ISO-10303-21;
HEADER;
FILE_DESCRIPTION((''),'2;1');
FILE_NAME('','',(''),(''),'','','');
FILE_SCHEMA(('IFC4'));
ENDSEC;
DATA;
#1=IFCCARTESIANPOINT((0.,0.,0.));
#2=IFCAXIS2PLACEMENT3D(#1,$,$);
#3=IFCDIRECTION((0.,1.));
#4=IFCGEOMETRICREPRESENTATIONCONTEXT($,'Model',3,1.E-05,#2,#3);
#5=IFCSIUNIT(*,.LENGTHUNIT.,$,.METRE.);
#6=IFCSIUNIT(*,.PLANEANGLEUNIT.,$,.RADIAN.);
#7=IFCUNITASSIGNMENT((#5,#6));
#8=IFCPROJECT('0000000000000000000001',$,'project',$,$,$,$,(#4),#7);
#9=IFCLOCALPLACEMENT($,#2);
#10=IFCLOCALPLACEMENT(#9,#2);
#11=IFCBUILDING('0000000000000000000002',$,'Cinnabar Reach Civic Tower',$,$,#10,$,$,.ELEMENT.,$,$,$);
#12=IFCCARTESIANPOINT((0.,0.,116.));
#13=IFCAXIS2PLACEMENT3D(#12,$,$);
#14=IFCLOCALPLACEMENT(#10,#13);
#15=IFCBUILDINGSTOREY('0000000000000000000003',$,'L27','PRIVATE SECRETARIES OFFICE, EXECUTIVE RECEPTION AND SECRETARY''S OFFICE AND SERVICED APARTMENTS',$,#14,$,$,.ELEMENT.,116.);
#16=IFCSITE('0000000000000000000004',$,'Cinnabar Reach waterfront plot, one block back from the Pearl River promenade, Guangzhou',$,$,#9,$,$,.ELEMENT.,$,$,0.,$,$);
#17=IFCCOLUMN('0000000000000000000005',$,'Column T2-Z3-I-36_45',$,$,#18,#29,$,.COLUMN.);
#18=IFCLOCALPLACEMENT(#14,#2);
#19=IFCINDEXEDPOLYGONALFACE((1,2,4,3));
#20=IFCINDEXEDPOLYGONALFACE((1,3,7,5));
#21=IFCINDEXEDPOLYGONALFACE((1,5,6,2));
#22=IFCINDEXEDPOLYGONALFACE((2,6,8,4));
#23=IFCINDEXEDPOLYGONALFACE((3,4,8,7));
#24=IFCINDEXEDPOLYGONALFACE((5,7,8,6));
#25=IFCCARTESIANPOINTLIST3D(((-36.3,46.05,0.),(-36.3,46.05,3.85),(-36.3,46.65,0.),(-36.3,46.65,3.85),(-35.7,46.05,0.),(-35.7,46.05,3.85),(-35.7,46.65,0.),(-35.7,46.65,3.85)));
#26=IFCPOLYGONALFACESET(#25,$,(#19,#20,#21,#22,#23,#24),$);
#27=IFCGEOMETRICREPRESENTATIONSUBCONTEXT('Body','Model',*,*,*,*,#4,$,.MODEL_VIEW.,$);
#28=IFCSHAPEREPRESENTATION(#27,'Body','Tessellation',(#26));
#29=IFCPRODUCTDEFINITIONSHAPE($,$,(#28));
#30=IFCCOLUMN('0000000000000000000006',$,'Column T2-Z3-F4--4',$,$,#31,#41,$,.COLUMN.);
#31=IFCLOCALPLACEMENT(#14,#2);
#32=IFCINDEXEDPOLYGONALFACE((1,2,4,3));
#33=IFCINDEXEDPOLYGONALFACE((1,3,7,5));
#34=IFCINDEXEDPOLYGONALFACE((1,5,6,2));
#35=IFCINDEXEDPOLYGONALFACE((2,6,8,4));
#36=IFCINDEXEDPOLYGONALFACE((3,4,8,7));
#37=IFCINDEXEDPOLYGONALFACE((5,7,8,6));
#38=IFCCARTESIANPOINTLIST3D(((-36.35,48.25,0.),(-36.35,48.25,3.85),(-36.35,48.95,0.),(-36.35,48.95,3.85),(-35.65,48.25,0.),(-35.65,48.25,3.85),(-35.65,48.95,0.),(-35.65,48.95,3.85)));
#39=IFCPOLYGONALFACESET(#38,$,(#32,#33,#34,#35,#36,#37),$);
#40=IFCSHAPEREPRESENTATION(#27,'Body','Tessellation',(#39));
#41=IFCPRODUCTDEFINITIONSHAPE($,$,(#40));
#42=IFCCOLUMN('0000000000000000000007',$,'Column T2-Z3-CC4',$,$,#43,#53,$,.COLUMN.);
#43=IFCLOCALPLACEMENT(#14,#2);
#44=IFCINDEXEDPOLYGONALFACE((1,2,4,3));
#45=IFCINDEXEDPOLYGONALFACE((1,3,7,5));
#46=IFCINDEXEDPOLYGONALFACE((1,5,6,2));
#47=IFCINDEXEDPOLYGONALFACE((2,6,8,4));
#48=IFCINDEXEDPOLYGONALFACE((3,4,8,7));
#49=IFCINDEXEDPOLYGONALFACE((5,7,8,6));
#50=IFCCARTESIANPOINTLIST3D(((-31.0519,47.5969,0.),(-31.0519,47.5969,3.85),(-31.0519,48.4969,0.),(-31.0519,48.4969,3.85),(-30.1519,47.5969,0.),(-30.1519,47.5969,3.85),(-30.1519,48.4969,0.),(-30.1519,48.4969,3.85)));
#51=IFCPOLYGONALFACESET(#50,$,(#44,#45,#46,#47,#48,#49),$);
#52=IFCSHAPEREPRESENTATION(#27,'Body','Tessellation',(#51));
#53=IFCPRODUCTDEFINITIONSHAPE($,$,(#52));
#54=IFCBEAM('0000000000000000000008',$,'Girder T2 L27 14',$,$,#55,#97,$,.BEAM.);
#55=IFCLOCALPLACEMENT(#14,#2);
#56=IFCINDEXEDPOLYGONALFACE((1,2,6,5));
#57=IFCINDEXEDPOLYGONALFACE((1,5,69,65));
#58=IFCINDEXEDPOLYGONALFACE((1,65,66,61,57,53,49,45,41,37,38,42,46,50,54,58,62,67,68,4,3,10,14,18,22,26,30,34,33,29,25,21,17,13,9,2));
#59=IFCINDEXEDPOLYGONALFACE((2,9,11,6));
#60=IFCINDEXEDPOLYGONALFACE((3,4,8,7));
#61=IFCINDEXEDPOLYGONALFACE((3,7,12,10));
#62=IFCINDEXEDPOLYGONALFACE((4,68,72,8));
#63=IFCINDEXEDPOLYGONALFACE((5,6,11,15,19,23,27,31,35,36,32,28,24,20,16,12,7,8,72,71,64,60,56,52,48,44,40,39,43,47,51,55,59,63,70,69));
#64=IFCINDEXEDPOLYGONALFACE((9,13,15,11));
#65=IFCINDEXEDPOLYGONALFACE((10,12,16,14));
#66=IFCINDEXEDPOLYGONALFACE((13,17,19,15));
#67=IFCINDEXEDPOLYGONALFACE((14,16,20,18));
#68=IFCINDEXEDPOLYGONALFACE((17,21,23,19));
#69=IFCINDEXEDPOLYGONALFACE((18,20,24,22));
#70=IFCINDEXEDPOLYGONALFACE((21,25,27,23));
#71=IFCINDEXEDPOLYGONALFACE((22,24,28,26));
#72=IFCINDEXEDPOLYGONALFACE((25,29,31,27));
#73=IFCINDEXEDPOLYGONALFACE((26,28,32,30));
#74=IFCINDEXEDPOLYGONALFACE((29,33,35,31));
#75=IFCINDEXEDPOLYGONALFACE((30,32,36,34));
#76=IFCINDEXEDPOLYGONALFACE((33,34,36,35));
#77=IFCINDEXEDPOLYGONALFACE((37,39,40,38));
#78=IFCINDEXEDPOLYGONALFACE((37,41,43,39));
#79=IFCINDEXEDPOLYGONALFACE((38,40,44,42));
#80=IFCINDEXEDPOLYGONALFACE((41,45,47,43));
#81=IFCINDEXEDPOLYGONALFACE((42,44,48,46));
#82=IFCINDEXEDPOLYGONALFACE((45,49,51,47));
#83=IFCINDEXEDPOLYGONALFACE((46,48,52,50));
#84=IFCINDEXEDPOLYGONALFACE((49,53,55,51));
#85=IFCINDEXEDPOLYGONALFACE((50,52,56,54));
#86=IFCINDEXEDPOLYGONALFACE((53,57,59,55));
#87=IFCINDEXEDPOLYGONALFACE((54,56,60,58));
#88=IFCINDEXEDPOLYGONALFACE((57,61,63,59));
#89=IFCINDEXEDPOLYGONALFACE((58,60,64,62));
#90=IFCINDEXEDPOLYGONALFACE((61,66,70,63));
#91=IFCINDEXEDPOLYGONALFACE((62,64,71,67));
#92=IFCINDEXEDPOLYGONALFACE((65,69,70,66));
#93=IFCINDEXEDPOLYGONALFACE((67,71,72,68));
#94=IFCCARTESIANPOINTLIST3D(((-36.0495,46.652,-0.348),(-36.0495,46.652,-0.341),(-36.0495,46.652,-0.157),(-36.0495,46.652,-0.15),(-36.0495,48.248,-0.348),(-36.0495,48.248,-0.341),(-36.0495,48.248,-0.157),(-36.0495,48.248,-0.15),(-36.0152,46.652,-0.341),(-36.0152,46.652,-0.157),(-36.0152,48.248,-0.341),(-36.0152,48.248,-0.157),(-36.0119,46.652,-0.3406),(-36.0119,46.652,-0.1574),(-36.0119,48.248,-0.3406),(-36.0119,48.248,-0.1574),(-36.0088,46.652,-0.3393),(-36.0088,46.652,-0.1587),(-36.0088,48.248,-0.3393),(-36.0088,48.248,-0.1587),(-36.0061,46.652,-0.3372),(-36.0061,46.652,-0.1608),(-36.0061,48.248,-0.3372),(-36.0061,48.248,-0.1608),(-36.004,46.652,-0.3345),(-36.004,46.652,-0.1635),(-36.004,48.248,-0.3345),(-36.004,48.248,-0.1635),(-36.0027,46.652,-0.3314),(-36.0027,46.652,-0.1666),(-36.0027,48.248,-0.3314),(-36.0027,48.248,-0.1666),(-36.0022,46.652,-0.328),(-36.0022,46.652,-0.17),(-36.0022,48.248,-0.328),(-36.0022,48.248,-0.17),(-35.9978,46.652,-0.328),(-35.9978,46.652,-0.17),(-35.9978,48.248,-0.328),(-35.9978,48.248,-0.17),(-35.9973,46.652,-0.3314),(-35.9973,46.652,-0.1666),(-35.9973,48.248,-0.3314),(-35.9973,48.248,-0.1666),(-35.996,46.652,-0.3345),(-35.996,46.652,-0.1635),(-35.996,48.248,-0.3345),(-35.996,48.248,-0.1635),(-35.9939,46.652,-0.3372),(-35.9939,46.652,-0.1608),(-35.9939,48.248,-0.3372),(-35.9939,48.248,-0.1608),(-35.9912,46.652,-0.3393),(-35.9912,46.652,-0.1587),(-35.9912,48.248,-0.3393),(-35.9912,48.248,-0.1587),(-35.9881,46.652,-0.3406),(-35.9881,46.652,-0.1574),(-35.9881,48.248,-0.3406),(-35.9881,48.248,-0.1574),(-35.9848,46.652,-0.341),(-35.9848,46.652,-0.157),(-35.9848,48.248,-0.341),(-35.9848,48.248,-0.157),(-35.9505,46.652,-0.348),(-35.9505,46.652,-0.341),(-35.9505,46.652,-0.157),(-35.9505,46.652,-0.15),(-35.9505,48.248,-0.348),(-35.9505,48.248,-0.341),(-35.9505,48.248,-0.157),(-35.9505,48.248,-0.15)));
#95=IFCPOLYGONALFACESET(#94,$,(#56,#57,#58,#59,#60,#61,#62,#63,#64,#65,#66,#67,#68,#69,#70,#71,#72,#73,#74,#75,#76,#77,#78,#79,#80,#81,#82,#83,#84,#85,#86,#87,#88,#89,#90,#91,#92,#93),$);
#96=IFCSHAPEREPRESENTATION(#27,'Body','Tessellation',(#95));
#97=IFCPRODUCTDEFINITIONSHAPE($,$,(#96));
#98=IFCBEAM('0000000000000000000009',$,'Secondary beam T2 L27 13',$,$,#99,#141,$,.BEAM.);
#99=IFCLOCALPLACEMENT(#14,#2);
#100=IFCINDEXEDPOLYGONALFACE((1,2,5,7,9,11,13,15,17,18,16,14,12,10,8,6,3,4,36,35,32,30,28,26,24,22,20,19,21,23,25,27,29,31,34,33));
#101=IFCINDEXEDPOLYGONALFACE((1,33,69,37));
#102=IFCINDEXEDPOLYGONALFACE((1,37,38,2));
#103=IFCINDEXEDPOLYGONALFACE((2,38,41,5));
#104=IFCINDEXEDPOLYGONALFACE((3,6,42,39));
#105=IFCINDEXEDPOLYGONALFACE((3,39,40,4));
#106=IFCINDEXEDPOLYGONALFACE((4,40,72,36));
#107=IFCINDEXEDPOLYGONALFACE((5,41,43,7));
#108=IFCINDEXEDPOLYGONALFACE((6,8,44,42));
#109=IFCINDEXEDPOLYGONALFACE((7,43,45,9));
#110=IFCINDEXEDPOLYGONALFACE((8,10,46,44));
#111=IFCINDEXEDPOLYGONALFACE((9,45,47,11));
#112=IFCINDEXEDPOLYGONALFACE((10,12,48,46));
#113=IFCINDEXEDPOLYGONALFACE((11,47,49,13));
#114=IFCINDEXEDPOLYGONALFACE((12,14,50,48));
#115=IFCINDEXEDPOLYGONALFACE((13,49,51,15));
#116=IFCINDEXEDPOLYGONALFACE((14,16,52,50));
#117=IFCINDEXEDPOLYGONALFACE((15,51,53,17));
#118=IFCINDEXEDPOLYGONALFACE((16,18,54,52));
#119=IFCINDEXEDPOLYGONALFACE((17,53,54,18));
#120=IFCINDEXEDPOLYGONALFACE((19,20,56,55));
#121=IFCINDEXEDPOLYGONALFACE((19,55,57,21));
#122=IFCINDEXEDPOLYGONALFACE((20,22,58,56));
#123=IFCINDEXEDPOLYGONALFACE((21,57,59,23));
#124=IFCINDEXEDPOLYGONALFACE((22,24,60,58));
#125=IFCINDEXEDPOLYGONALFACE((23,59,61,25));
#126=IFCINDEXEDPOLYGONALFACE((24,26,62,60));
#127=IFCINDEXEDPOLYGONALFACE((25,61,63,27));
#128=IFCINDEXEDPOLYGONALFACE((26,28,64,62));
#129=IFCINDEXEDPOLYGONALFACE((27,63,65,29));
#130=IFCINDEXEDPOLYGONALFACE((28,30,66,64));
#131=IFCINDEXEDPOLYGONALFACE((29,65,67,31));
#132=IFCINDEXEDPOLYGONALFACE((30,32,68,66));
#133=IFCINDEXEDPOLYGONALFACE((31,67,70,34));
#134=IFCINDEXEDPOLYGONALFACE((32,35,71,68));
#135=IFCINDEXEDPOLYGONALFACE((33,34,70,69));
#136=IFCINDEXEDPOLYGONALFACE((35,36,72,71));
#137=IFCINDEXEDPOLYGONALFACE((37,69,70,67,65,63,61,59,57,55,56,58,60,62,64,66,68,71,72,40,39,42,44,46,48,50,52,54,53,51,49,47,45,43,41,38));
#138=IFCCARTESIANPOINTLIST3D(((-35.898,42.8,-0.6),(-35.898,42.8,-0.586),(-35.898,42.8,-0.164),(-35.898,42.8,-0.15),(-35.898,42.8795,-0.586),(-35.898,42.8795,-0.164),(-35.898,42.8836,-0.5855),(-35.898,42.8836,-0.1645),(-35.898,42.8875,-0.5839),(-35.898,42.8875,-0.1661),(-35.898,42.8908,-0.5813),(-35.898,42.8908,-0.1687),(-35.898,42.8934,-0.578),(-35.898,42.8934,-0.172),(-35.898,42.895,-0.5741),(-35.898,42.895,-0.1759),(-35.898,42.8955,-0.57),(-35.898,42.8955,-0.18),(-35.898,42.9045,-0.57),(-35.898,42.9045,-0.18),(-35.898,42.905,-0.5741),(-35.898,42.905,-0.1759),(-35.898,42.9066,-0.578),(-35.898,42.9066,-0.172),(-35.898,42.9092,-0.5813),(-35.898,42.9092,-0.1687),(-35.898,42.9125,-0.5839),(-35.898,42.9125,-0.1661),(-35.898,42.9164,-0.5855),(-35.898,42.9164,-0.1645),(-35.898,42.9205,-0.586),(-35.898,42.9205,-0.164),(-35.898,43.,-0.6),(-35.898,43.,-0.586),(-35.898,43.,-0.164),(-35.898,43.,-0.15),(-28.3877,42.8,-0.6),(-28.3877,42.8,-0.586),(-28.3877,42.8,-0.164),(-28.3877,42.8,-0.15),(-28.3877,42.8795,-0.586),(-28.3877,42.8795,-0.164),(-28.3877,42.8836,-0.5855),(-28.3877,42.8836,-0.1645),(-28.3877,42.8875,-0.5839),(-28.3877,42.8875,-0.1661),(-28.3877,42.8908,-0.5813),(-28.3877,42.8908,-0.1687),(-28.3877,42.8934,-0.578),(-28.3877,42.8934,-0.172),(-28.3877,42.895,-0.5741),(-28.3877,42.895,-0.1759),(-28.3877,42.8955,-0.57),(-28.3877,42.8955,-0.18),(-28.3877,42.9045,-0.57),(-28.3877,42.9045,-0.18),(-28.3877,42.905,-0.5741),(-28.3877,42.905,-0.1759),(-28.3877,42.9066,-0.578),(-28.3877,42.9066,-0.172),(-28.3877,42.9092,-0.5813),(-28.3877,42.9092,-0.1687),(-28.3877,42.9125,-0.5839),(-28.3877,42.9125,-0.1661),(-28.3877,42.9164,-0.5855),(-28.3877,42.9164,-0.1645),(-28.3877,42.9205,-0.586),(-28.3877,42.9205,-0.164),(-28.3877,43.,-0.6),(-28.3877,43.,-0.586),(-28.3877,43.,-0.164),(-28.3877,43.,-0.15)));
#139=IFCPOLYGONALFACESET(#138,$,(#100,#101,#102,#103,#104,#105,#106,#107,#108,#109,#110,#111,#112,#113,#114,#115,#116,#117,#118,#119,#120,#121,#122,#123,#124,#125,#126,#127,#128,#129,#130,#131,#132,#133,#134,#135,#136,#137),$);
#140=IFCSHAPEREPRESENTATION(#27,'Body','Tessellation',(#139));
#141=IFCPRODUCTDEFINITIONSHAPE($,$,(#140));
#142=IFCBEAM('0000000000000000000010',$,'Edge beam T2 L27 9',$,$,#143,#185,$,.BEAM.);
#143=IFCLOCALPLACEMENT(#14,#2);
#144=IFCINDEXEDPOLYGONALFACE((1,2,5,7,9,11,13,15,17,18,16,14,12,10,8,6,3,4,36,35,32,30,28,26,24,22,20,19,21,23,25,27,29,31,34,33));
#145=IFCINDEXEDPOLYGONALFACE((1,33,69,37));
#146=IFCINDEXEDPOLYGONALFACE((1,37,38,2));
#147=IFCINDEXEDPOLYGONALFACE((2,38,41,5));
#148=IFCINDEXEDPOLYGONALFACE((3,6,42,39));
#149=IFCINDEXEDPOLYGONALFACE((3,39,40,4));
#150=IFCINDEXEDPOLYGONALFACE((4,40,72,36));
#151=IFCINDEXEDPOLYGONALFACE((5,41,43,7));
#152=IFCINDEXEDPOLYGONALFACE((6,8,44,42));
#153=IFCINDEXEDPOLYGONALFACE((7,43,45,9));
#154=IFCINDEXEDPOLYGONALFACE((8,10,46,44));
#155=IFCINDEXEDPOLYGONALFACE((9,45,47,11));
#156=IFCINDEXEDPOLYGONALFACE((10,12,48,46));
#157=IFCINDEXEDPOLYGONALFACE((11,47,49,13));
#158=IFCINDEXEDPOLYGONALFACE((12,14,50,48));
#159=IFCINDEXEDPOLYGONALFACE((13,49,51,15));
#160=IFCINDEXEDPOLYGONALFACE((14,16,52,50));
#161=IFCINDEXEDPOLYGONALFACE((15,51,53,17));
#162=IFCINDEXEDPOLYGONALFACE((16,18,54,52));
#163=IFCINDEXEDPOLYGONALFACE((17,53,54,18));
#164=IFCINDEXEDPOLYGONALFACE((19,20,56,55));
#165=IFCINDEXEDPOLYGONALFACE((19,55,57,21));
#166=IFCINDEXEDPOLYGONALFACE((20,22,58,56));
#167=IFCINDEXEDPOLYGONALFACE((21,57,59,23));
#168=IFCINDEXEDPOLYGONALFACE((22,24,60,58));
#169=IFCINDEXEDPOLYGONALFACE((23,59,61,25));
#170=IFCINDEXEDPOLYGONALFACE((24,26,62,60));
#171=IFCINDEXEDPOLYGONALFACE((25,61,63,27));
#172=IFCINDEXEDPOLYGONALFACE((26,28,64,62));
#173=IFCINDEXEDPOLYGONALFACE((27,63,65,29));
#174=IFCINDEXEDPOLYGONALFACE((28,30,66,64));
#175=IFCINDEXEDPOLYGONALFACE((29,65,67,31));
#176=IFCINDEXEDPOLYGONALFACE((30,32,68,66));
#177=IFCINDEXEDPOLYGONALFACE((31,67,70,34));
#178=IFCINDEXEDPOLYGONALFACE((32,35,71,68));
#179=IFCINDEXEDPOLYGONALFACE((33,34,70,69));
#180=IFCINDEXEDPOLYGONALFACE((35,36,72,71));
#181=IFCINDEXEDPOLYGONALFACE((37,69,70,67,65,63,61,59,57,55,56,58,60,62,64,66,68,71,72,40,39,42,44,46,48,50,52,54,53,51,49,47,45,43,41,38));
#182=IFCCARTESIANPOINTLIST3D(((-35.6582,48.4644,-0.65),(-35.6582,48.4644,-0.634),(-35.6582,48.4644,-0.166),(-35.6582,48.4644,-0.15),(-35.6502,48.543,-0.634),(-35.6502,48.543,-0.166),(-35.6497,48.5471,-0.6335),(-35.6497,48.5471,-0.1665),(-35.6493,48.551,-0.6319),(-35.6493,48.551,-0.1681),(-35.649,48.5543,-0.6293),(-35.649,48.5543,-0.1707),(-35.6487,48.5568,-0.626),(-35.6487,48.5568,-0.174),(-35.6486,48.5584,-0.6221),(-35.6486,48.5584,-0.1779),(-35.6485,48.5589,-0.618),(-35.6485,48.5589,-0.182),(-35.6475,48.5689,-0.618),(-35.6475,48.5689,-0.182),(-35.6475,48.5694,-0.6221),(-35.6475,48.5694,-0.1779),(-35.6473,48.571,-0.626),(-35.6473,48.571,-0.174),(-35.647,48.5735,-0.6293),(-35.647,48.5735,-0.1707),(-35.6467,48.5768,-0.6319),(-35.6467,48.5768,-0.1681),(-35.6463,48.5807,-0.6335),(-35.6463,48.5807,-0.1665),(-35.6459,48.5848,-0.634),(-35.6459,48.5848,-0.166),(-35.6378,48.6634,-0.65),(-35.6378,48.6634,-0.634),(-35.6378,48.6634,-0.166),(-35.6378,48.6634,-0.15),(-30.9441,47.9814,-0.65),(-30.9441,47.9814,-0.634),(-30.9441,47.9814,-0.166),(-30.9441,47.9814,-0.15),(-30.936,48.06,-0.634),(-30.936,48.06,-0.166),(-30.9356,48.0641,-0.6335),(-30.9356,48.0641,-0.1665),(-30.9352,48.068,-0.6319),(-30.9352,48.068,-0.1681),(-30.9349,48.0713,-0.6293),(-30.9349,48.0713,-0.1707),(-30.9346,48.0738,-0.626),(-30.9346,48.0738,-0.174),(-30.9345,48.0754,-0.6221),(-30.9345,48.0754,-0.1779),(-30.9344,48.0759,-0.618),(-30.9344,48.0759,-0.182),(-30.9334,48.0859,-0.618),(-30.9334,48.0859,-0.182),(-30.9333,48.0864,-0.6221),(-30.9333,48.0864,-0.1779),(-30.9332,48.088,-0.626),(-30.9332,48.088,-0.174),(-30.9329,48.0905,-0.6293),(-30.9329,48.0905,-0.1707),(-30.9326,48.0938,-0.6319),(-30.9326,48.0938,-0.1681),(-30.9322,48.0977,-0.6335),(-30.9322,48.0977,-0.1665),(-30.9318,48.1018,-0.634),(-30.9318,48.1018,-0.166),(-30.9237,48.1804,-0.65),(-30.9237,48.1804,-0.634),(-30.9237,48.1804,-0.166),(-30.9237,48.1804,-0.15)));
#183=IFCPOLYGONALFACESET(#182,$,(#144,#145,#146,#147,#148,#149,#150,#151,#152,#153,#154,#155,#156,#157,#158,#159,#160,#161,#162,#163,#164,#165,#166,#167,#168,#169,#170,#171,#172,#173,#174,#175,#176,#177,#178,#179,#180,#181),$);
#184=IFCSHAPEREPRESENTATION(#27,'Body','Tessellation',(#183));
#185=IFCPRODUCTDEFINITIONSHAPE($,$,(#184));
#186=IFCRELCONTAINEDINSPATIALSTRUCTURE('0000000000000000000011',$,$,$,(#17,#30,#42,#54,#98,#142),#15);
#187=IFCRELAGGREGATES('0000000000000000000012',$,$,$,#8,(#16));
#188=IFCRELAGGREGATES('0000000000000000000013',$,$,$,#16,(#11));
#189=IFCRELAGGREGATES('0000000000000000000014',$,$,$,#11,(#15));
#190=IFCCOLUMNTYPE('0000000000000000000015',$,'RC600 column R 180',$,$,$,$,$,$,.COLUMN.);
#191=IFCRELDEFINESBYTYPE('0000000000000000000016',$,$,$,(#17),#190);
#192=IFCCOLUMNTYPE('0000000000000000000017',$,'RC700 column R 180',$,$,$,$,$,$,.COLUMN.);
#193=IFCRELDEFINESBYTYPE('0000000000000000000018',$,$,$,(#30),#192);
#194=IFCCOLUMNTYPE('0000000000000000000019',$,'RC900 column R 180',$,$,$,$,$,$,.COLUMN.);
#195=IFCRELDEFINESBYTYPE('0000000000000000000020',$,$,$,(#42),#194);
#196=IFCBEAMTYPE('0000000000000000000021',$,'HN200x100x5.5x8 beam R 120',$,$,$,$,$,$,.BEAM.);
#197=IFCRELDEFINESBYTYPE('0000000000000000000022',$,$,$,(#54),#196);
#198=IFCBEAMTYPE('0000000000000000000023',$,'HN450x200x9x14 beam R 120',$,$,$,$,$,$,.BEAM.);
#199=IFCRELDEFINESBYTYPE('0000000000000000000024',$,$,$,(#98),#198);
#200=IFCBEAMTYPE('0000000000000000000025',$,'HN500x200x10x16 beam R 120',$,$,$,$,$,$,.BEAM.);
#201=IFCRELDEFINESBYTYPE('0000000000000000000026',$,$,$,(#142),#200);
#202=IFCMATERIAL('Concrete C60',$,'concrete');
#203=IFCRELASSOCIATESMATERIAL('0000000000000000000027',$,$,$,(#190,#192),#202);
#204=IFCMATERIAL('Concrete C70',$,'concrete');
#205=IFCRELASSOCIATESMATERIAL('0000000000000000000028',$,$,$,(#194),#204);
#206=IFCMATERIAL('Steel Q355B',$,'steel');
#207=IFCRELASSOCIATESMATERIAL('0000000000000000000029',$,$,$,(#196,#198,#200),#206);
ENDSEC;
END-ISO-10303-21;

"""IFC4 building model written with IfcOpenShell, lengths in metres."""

from ifc_helpers import new_model, si_unit, direction, frame, origin, origin_2d, place, context, subcontext, project, spatial, rectangle, i_section, extrude, material, material_profile, profile_set, type_object, element, save


model = new_model("IFC4")

# Units and contexts
model_context = context("Model", 3, precision=1e-05, world=origin(), true_north=direction((0.0, 1.0)))
body_context = subcontext(model_context, "Body", "Model", "MODEL_VIEW")
ifc_project = project(units=[si_unit("LENGTHUNIT", "METRE"), si_unit("PLANEANGLEUNIT", "RADIAN")], contexts=[model_context])

# Site, building, storey
site_placement = place(None, origin())
site = spatial("IfcSite", under=ifc_project, at=site_placement, Name="Cinnabar Reach waterfront plot, one block back from the Pearl River promenade, Guangzhou", CompositionType="ELEMENT", RefElevation=0.0)
building_placement = place(site_placement, origin())
building = spatial("IfcBuilding", under=site, at=building_placement, Name="Cinnabar Reach Civic Tower", CompositionType="ELEMENT")
storey_placement = place(building_placement, frame((0.0, 0.0, 116.0)))
storey = spatial("IfcBuildingStorey", under=building, at=storey_placement, Name="L27", Description="PRIVATE SECRETARIES OFFICE, EXECUTIVE RECEPTION AND SECRETARY'S OFFICE AND SERVICED APARTMENTS", CompositionType="ELEMENT", Elevation=116.0)

# Columns
ifc_material_1 = material(Name="Concrete C60", Category="concrete")
ifc_material_profile_1 = material_profile(ifc_material_1, rectangle(XDim=0.6, YDim=0.6, at=origin_2d()), Name="RC600")
ifc_profile_set_1 = profile_set([ifc_material_profile_1], Name="Concrete C60")
column_type_1 = type_object("IfcColumnType", Name="RC600 column R 180", PredefinedType="COLUMN", material=ifc_profile_set_1)
column_1_placement = place(storey_placement, frame((-36.0, 46.35, 0.0), z_axis=(0.0, 0.0, 1.0), x_axis=(1.0, 0.0, 0.0)))
element("IfcColumn", 1, at=column_1_placement, inside=storey, type_object=column_type_1, Name="Column T2-Z3-I-36_45", PredefinedType="COLUMN", context=body_context, shape_type="SweptSolid", body=[
    extrude(rectangle(XDim=0.6, YDim=0.6, at=origin_2d()), origin(), (0.0, 0.0, 1.0), 3.85),
])
ifc_material_profile_2 = material_profile(ifc_material_1, rectangle(XDim=0.7, YDim=0.7, at=origin_2d()), Name="RC700")
ifc_profile_set_2 = profile_set([ifc_material_profile_2], Name="Concrete C60")
column_type_2 = type_object("IfcColumnType", Name="RC700 column R 180", PredefinedType="COLUMN", material=ifc_profile_set_2)
column_2_placement = place(storey_placement, frame((-36.0, 48.6, 0.0), z_axis=(0.0, 0.0, 1.0), x_axis=(1.0, 0.0, 0.0)))
element("IfcColumn", 2, at=column_2_placement, inside=storey, type_object=column_type_2, Name="Column T2-Z3-F4--4", PredefinedType="COLUMN", context=body_context, shape_type="SweptSolid", body=[
    extrude(rectangle(XDim=0.7, YDim=0.7, at=origin_2d()), origin(), (0.0, 0.0, 1.0), 3.85),
])
ifc_material_2 = material(Name="Concrete C70", Category="concrete")
ifc_material_profile_3 = material_profile(ifc_material_2, rectangle(XDim=0.9, YDim=0.9, at=origin_2d()), Name="RC900")
ifc_profile_set_3 = profile_set([ifc_material_profile_3], Name="Concrete C70")
column_type_3 = type_object("IfcColumnType", Name="RC900 column R 180", PredefinedType="COLUMN", material=ifc_profile_set_3)
column_3_placement = place(storey_placement, frame((-30.6019, 48.0469, 0.0), z_axis=(0.0, 0.0, 1.0), x_axis=(1.0, 0.0, 0.0)))
element("IfcColumn", 3, at=column_3_placement, inside=storey, type_object=column_type_3, Name="Column T2-Z3-CC4", PredefinedType="COLUMN", context=body_context, shape_type="SweptSolid", body=[
    extrude(rectangle(XDim=0.9, YDim=0.9, at=origin_2d()), origin(), (0.0, 0.0, 1.0), 3.85),
])

# Beams
ifc_material_3 = material(Name="Steel Q355B", Category="steel")
ifc_material_profile_4 = material_profile(ifc_material_3, i_section(OverallWidth=0.099, OverallDepth=0.198, WebThickness=0.0045, FlangeThickness=0.007, FilletRadius=0.013, at=origin_2d()), Name="HN200x100x5.5x8")
ifc_profile_set_4 = profile_set([ifc_material_profile_4], Name="Steel Q355B")
beam_type_1 = type_object("IfcBeamType", Name="HN200x100x5.5x8 beam R 120", PredefinedType="BEAM", material=ifc_profile_set_4)
beam_1_placement = place(storey_placement, frame((-36.0, 46.652, -0.249), z_axis=(0.0, 1.0, 0.0), x_axis=(-1.0, 0.0, 0.0)))
element("IfcBeam", 4, at=beam_1_placement, inside=storey, type_object=beam_type_1, Name="Girder T2 L27 14", PredefinedType="BEAM", context=body_context, shape_type="SweptSolid", body=[
    extrude(i_section(OverallWidth=0.099, OverallDepth=0.198, WebThickness=0.0045, FlangeThickness=0.007, FilletRadius=0.013, at=origin_2d()), origin(), (0.0, 0.0, 1.0), 1.596),
])
ifc_material_profile_5 = material_profile(ifc_material_3, i_section(OverallWidth=0.2, OverallDepth=0.45, WebThickness=0.009, FlangeThickness=0.014, FilletRadius=0.016, at=origin_2d()), Name="HN450x200x9x14")
ifc_profile_set_5 = profile_set([ifc_material_profile_5], Name="Steel Q355B")
beam_type_2 = type_object("IfcBeamType", Name="HN450x200x9x14 beam R 120", PredefinedType="BEAM", material=ifc_profile_set_5)
beam_2_placement = place(storey_placement, frame((-35.898, 42.9, -0.375), z_axis=(1.0, 0.0, 0.0), x_axis=(0.0, 1.0, 0.0)))
element("IfcBeam", 5, at=beam_2_placement, inside=storey, type_object=beam_type_2, Name="Secondary beam T2 L27 13", PredefinedType="BEAM", context=body_context, shape_type="SweptSolid", body=[
    extrude(i_section(OverallWidth=0.2, OverallDepth=0.45, WebThickness=0.009, FlangeThickness=0.014, FilletRadius=0.016, at=origin_2d()), origin(), (0.0, 0.0, 1.0), 7.5103),
])
ifc_material_profile_6 = material_profile(ifc_material_3, i_section(OverallWidth=0.2, OverallDepth=0.5, WebThickness=0.01, FlangeThickness=0.016, FilletRadius=0.016, at=origin_2d()), Name="HN500x200x10x16")
ifc_profile_set_6 = profile_set([ifc_material_profile_6], Name="Steel Q355B")
beam_type_3 = type_object("IfcBeamType", Name="HN500x200x10x16 beam R 120", PredefinedType="BEAM", material=ifc_profile_set_6)
beam_3_placement = place(storey_placement, frame((-30.9339, 48.0809, -0.4), z_axis=(-0.994792, 0.101925, 0.0), x_axis=(-0.101925, -0.994792, 0.0)))
element("IfcBeam", 6, at=beam_3_placement, inside=storey, type_object=beam_type_3, Name="Edge beam T2 L27 9", PredefinedType="BEAM", context=body_context, shape_type="SweptSolid", body=[
    extrude(i_section(OverallWidth=0.2, OverallDepth=0.5, WebThickness=0.01, FlangeThickness=0.016, FilletRadius=0.016, at=origin_2d()), origin(), (0.0, 0.0, 1.0), 4.7388),
])

save(model, "model.ifc")
